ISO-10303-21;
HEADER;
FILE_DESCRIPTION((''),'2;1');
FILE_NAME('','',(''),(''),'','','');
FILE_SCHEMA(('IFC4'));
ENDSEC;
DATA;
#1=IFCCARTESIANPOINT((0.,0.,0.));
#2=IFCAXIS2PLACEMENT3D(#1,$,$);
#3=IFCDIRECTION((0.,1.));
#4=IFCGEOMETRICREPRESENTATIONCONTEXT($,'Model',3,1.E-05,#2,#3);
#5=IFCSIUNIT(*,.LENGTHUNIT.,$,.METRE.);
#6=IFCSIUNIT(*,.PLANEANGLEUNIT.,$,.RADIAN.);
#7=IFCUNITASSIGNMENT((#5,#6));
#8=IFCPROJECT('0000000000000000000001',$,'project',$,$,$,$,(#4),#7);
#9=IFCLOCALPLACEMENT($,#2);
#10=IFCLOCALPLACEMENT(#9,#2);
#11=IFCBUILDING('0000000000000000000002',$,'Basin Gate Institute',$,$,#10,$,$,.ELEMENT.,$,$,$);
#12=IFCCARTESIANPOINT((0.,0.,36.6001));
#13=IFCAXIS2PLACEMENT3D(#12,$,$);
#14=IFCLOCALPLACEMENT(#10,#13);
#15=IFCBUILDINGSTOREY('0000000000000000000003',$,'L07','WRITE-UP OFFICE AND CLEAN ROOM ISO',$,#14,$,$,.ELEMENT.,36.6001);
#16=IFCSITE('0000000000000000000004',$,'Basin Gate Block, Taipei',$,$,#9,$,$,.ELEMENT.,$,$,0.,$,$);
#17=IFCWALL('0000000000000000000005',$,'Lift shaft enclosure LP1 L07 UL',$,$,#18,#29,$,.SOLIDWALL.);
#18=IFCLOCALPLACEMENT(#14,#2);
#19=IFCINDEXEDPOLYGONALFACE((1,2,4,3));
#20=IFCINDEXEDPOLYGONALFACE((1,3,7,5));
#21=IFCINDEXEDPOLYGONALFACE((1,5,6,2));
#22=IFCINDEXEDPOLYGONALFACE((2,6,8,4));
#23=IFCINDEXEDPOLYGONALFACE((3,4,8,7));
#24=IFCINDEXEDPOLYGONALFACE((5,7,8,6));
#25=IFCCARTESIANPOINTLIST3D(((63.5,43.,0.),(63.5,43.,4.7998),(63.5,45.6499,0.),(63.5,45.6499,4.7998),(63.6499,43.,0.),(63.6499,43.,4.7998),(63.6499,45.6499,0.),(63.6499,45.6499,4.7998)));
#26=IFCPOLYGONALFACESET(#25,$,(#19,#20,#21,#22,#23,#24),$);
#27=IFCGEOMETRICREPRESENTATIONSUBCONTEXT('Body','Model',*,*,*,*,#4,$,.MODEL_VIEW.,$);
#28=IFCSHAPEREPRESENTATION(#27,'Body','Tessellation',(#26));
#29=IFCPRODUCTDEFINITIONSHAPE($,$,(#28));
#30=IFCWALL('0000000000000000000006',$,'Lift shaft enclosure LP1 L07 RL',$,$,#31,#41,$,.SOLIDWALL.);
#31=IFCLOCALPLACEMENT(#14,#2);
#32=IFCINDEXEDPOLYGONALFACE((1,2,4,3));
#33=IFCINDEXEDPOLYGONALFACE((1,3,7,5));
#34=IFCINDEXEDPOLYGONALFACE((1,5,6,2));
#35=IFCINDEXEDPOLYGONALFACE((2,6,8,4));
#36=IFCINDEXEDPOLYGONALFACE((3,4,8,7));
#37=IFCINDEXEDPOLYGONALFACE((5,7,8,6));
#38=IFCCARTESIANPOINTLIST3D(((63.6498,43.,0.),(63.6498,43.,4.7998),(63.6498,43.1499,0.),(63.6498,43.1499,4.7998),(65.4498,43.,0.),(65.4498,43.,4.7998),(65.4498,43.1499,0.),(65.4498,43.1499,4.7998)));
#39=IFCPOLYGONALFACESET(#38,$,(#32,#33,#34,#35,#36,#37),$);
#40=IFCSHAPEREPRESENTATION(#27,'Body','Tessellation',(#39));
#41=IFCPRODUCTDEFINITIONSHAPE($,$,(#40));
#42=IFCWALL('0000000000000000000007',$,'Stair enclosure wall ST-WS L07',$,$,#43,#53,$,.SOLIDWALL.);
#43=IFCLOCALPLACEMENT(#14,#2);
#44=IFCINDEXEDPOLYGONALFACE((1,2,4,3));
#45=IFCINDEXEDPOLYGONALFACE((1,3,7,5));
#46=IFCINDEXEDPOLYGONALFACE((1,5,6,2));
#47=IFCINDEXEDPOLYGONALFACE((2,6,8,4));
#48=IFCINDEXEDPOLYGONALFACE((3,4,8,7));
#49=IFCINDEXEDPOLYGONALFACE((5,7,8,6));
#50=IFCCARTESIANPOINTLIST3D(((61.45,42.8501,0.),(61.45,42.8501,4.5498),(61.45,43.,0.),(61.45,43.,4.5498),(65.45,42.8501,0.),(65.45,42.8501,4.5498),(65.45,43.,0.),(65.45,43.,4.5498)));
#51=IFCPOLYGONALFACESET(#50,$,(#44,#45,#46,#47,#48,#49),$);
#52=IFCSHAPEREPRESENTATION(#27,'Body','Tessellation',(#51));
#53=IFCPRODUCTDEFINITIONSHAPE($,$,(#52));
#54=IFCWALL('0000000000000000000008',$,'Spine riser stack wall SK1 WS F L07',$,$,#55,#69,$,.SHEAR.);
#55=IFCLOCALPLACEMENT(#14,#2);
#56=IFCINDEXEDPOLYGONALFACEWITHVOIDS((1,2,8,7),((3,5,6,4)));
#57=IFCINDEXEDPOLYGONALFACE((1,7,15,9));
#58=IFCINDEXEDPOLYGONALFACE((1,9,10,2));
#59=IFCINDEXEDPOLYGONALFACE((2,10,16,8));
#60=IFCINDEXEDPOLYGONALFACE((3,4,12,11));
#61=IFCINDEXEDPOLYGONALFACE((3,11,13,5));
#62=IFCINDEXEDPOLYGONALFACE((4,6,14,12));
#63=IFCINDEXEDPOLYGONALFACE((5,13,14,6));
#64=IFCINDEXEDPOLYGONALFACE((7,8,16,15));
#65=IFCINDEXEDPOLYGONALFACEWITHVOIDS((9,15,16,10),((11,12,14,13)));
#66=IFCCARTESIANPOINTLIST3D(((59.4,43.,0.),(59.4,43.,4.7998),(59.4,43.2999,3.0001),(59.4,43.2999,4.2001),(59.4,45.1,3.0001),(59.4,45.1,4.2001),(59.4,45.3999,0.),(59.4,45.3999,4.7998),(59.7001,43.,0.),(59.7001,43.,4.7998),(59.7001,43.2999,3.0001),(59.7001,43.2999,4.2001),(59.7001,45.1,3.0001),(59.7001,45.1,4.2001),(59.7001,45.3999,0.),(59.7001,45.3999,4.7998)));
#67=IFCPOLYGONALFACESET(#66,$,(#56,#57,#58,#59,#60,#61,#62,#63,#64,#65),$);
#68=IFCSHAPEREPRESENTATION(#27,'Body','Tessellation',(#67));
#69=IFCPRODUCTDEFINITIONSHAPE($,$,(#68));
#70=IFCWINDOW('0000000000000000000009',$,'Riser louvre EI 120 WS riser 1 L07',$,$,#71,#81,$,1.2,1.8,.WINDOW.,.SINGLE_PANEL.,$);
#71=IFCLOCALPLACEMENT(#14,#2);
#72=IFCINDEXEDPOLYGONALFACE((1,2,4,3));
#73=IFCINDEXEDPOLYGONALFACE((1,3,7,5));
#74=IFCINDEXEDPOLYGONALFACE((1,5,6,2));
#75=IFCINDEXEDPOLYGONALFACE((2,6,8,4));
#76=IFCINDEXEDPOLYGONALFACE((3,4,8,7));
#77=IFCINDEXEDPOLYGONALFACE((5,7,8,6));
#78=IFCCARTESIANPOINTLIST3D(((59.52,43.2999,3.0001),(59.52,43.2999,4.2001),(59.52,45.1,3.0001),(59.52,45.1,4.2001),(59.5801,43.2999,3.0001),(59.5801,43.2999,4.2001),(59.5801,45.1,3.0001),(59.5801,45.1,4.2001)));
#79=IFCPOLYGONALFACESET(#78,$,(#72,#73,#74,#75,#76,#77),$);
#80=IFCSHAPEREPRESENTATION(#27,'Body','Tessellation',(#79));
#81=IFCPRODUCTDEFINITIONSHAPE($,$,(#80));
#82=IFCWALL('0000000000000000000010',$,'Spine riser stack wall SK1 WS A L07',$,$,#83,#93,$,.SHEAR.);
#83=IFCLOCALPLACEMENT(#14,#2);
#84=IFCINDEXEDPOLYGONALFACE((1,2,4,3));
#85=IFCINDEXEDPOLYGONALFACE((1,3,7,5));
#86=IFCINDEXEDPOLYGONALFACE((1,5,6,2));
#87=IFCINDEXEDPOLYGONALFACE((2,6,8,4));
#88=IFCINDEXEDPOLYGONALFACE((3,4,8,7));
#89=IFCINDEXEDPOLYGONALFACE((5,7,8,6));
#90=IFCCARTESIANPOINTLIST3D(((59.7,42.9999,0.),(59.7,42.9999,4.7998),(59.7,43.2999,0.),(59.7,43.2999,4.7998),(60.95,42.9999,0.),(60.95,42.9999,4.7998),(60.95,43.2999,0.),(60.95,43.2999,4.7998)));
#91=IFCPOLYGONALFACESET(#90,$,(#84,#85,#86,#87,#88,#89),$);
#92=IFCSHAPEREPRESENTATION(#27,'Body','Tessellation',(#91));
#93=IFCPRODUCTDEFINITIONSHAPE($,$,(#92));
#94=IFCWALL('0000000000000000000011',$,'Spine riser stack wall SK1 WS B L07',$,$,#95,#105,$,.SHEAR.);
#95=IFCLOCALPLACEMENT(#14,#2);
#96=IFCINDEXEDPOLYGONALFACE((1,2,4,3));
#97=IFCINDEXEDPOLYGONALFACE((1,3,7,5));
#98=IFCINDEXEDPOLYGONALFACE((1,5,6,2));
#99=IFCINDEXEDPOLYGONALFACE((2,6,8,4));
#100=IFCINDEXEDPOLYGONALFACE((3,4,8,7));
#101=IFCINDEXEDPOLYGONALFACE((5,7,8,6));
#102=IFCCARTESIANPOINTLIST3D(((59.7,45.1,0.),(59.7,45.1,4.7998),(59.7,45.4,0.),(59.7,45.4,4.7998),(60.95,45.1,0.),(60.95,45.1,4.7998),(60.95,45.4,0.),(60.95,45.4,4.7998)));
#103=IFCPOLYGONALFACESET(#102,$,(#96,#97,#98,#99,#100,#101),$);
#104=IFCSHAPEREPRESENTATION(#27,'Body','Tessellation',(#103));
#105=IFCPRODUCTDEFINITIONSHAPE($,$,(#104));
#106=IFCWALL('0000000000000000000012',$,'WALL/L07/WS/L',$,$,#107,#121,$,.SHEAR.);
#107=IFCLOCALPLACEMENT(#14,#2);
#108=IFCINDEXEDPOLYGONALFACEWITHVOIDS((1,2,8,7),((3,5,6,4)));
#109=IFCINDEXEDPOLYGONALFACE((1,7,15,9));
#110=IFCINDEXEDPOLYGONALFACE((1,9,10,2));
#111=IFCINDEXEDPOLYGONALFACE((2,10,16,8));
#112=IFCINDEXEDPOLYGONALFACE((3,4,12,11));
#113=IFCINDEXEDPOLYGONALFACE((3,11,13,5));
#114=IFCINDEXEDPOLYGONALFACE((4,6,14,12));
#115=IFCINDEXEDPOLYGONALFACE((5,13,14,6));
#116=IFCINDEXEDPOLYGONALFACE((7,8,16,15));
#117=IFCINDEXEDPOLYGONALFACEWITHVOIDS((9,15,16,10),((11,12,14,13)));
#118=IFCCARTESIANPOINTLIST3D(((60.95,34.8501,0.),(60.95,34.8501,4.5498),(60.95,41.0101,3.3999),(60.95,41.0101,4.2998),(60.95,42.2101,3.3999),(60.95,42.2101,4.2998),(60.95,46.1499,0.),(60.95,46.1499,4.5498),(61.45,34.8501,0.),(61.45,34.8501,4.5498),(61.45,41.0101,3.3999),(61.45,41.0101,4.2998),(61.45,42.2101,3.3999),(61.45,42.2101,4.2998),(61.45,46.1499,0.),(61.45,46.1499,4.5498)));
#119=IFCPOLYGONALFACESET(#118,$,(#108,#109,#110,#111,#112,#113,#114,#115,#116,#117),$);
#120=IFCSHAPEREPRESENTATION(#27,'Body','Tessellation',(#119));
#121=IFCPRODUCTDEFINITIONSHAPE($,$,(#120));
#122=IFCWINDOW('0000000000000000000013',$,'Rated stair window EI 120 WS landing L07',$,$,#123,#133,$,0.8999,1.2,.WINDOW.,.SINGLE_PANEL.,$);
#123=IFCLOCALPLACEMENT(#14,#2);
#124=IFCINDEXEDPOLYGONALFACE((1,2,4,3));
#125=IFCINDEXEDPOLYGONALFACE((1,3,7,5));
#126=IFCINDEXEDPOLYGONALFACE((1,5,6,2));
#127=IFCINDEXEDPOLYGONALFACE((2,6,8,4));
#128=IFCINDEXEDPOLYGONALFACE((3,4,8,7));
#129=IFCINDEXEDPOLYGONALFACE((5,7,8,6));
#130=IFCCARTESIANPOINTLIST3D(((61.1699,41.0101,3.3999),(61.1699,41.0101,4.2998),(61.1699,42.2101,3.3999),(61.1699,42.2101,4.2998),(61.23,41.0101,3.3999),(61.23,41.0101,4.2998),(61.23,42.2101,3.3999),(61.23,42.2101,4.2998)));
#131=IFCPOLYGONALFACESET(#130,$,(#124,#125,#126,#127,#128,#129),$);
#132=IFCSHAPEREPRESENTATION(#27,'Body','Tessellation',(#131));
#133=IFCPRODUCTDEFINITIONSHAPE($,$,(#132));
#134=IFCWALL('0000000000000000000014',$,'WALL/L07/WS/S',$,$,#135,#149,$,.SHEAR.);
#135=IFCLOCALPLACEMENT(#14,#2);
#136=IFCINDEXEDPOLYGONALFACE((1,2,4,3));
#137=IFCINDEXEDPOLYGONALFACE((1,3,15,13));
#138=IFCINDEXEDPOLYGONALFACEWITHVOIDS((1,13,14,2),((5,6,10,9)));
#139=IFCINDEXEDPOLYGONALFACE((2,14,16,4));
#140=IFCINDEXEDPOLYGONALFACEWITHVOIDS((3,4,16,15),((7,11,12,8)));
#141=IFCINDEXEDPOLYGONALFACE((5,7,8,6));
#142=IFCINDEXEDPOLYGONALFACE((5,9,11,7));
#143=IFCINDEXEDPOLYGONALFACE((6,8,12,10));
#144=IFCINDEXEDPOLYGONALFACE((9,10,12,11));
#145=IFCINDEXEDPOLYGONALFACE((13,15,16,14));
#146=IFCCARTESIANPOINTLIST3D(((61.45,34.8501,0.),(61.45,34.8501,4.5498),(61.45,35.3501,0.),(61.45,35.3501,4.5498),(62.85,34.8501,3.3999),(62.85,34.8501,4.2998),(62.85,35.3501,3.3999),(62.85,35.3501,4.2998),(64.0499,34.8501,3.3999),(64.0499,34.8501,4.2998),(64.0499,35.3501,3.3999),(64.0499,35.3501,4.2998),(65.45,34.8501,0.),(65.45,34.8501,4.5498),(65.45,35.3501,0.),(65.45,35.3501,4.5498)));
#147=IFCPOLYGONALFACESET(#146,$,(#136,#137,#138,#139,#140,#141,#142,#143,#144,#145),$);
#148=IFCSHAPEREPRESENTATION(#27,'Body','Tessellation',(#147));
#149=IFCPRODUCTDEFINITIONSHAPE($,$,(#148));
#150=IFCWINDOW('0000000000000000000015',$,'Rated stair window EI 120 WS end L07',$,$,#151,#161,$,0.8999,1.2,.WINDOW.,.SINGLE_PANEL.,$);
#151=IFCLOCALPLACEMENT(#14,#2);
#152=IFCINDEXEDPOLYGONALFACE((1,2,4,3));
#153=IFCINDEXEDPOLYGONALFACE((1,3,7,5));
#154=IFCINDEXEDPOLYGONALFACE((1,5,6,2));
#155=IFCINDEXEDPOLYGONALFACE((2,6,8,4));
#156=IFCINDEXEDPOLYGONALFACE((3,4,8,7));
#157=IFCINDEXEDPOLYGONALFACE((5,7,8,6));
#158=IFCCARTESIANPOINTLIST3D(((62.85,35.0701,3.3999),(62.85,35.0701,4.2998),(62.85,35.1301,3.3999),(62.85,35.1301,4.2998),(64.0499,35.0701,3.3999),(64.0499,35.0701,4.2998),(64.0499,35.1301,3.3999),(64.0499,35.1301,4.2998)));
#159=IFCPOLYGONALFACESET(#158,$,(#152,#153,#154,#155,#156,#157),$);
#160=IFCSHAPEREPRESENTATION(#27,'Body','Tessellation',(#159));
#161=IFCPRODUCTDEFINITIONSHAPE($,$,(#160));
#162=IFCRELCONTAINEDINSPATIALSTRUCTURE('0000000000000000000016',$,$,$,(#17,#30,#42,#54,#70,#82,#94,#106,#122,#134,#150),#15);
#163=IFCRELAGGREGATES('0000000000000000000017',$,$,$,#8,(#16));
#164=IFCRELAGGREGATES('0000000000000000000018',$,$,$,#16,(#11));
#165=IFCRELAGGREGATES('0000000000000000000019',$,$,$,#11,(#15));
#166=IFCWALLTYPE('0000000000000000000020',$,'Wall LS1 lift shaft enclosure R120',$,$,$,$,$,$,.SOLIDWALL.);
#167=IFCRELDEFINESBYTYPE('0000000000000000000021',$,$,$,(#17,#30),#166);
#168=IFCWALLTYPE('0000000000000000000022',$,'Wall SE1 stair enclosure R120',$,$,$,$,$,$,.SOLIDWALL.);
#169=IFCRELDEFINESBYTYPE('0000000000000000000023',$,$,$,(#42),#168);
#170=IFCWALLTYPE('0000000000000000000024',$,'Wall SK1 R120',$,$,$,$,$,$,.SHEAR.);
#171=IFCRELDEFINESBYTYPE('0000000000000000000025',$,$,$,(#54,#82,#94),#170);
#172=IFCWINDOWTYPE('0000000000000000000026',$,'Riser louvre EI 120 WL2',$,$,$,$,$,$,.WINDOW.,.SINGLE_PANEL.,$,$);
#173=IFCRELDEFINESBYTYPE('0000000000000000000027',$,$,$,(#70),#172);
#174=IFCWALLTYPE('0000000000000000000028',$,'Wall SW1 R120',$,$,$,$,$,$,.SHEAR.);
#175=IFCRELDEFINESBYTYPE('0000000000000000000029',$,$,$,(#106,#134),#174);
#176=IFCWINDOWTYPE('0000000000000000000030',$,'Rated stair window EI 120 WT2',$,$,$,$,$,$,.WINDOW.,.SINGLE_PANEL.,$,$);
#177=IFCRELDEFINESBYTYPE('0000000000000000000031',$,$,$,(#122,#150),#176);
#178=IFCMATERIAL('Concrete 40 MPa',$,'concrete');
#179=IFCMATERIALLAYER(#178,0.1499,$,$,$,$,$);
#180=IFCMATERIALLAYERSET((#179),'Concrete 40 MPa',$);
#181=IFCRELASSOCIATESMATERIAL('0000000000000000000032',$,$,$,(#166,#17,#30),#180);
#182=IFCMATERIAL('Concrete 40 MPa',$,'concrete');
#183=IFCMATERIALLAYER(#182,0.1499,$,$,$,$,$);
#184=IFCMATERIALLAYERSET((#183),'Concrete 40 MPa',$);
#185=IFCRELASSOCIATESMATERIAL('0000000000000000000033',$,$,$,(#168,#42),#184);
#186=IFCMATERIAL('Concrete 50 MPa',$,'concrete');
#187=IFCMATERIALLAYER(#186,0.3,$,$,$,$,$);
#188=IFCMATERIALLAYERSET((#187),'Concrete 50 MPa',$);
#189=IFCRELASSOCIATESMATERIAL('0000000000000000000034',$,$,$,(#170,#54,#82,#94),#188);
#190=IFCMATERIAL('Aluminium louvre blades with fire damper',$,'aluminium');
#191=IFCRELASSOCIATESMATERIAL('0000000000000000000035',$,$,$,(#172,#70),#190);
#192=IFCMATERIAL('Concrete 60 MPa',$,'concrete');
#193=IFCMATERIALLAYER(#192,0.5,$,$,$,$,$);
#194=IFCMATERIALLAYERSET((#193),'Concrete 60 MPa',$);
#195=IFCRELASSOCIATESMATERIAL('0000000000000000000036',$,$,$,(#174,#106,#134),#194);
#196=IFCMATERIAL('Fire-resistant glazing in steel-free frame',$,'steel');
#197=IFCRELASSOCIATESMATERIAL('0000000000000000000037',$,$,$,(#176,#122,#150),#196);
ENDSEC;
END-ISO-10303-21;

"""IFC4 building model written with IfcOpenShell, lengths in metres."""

from ifc_helpers import new_model, si_unit, direction, frame, frame_2d, origin, place, context, subcontext, project, spatial, rectangle, extrude, material, layer, layer_set, type_object, element, fill, save


model = new_model("IFC4")

# Units and contexts
model_context = context("Model", 3, precision=1e-05, world=origin(), true_north=direction((0.0, 1.0)))
body_context = subcontext(model_context, "Body", "Model", "MODEL_VIEW")
ifc_project = project(units=[si_unit("LENGTHUNIT", "METRE"), si_unit("PLANEANGLEUNIT", "RADIAN")], contexts=[model_context])

# Site, building, storey
site_placement = place(None, origin())
site = spatial("IfcSite", under=ifc_project, at=site_placement, Name="Basin Gate Block, Taipei", CompositionType="ELEMENT", RefElevation=0.0)
building_placement = place(site_placement, origin())
building = spatial("IfcBuilding", under=site, at=building_placement, Name="Basin Gate Institute", CompositionType="ELEMENT")
storey_placement = place(building_placement, frame((0.0, 0.0, 36.6001)))
storey = spatial("IfcBuildingStorey", under=building, at=storey_placement, Name="L07", Description="WRITE-UP OFFICE AND CLEAN ROOM ISO", CompositionType="ELEMENT", Elevation=36.6001)

# Walls
ifc_material_1 = material(Name="Concrete 40 MPa", Category="concrete")
ifc_layer_1 = layer(ifc_material_1, 0.1499)
ifc_layer_set_1 = layer_set([ifc_layer_1], Name="Concrete 40 MPa")
wall_type_1 = type_object("IfcWallType", Name="Wall LS1 lift shaft enclosure R120", PredefinedType="SOLIDWALL", material=ifc_layer_set_1)
wall_1_placement = place(storey_placement, frame((63.575, 43.0, 0.0), z_axis=(0.0, 0.0, 1.0), x_axis=(0.0, 1.0, 0.0)))
element("IfcWall", 1, at=wall_1_placement, inside=storey, type_object=wall_type_1, material=ifc_layer_set_1, Name="Lift shaft enclosure LP1 L07 UL", PredefinedType="SOLIDWALL", context=body_context, shape_type="SweptSolid", body=[
    extrude(rectangle(XDim=2.6499, YDim=0.1499, at=frame_2d((1.325, 0.0))), origin(), (0.0, 0.0, 1.0), 4.7998),
])
wall_2_placement = place(storey_placement, frame((63.6499, 43.075, 0.0), z_axis=(0.0, 0.0, 1.0), x_axis=(1.0, 0.0, 0.0)))
element("IfcWall", 2, at=wall_2_placement, inside=storey, type_object=wall_type_1, material=ifc_layer_set_1, Name="Lift shaft enclosure LP1 L07 RL", PredefinedType="SOLIDWALL", context=body_context, shape_type="SweptSolid", body=[
    extrude(rectangle(XDim=1.8, YDim=0.1499, at=frame_2d((0.8999, 0.0))), origin(), (0.0, 0.0, 1.0), 4.7998),
])
ifc_material_2 = material(Name="Concrete 40 MPa", Category="concrete")
ifc_layer_2 = layer(ifc_material_2, 0.1499)
ifc_layer_set_2 = layer_set([ifc_layer_2], Name="Concrete 40 MPa")
wall_type_2 = type_object("IfcWallType", Name="Wall SE1 stair enclosure R120", PredefinedType="SOLIDWALL", material=ifc_layer_set_2)
wall_3_placement = place(storey_placement, frame((61.45, 42.925, 0.0), z_axis=(0.0, 0.0, 1.0), x_axis=(1.0, 0.0, 0.0)))
element("IfcWall", 3, at=wall_3_placement, inside=storey, type_object=wall_type_2, material=ifc_layer_set_2, Name="Stair enclosure wall ST-WS L07", PredefinedType="SOLIDWALL", context=body_context, shape_type="SweptSolid", body=[
    extrude(rectangle(XDim=4.0, YDim=0.1499, at=frame_2d((2.0, 0.0))), origin(), (0.0, 0.0, 1.0), 4.5498),
])

# Wall, opening, window
ifc_material_3 = material(Name="Concrete 50 MPa", Category="concrete")
ifc_layer_3 = layer(ifc_material_3, 0.3)
ifc_layer_set_3 = layer_set([ifc_layer_3], Name="Concrete 50 MPa")
wall_type_3 = type_object("IfcWallType", Name="Wall SK1 R120", PredefinedType="SHEAR", material=ifc_layer_set_3)
wall_4_placement = place(storey_placement, frame((59.55, 43.0, 0.0), z_axis=(0.0, 0.0, 1.0), x_axis=(0.0, 1.0, 0.0)))
wall_4 = element("IfcWall", 4, at=wall_4_placement, inside=storey, type_object=wall_type_3, material=ifc_layer_set_3, Name="Spine riser stack wall SK1 WS F L07", PredefinedType="SHEAR", context=body_context, shape_type="SweptSolid", body=[
    extrude(rectangle(XDim=2.3999, YDim=0.3, at=frame_2d((1.2, 0.0))), origin(), (0.0, 0.0, 1.0), 4.7998),
])
opening_1_placement = place(wall_4_placement, frame((0.3, 0.0, 3.0)))
opening_1 = element("IfcOpeningElement", 5, at=opening_1_placement, cuts=wall_4, PredefinedType="OPENING", context=body_context, shape_type="SweptSolid", body=[
    extrude(rectangle(XDim=1.8, YDim=1.2, at=frame_2d((0.8999, 0.6001))), frame((0.0, 0.1602, 0.0), z_axis=(0.0, -1.0, 0.0), x_axis=(1.0, 0.0, 0.0)), (0.0, 0.0, 1.0), 0.3201),
])
ifc_material_4 = material(Name="Aluminium louvre blades with fire damper", Category="aluminium")
window_type_1 = type_object("IfcWindowType", Name="Riser louvre EI 120 WL2", PartitioningType="SINGLE_PANEL", PredefinedType="WINDOW", material=ifc_material_4)
window_1_placement = place(opening_1_placement, origin())
window_1 = element("IfcWindow", 6, at=window_1_placement, inside=storey, type_object=window_type_1, material=ifc_material_4, Name="Riser louvre EI 120 WS riser 1 L07", OverallHeight=1.2, OverallWidth=1.8, PartitioningType="SINGLE_PANEL", PredefinedType="WINDOW", context=body_context, shape_type="SweptSolid", body=[
    extrude(rectangle(XDim=1.8, YDim=1.2, at=frame_2d((0.8999, 0.6001))), frame((0.0, 0.03, 0.0), z_axis=(0.0, -1.0, 0.0), x_axis=(1.0, 0.0, 0.0)), (0.0, 0.0, 1.0), 0.0601),
])
fill(opening_1, window_1)

# Walls
for number, where, z_axis, x_axis, name in (
    (7, (60.95, 43.1499, 0.0), (0.0, 0.0, 1.0), (-1.0, 0.0, 0.0), "Spine riser stack wall SK1 WS A L07"),
    (8, (60.95, 45.25, 0.0), (0.0, 0.0, 1.0), (-1.0, 0.0, 0.0), "Spine riser stack wall SK1 WS B L07"),
):
    element("IfcWall", number, at=place(storey_placement, frame(where, z_axis=z_axis, x_axis=x_axis)), inside=storey, type_object=wall_type_3, material=ifc_layer_set_3, Name=name, PredefinedType="SHEAR", context=body_context, shape_type="SweptSolid", body=[
        extrude(rectangle(XDim=1.25, YDim=0.3, at=frame_2d((0.625, 0.0))), origin(), (0.0, 0.0, 1.0), 4.7998),
    ])

# Walls, openings, windows
ifc_material_5 = material(Name="Concrete 60 MPa", Category="concrete")
ifc_layer_4 = layer(ifc_material_5, 0.5)
ifc_layer_set_4 = layer_set([ifc_layer_4], Name="Concrete 60 MPa")
wall_type_4 = type_object("IfcWallType", Name="Wall SW1 R120", PredefinedType="SHEAR", material=ifc_layer_set_4)
wall_5_placement = place(storey_placement, frame((61.2, 34.8501, 0.0), z_axis=(0.0, 0.0, 1.0), x_axis=(0.0, 1.0, 0.0)))
wall_5 = element("IfcWall", 9, at=wall_5_placement, inside=storey, type_object=wall_type_4, material=ifc_layer_set_4, Name="WALL/L07/WS/L", PredefinedType="SHEAR", context=body_context, shape_type="SweptSolid", body=[
    extrude(rectangle(XDim=11.2998, YDim=0.5, at=frame_2d((5.6499, 0.0))), origin(), (0.0, 0.0, 1.0), 4.5498),
])
opening_2_placement = place(wall_5_placement, frame((6.1599, 0.0, 3.3999)))
opening_2 = element("IfcOpeningElement", 10, at=opening_2_placement, cuts=wall_5, PredefinedType="OPENING", context=body_context, shape_type="SweptSolid", body=[
    extrude(rectangle(XDim=1.2, YDim=0.8999, at=frame_2d((0.6001, 0.45))), frame((0.0, 0.26, 0.0), z_axis=(0.0, -1.0, 0.0), x_axis=(1.0, 0.0, 0.0)), (0.0, 0.0, 1.0), 0.52),
])
ifc_material_6 = material(Name="Fire-resistant glazing in steel-free frame", Category="steel")
window_type_2 = type_object("IfcWindowType", Name="Rated stair window EI 120 WT2", PartitioningType="SINGLE_PANEL", PredefinedType="WINDOW", material=ifc_material_6)
window_2_placement = place(opening_2_placement, origin())
window_2 = element("IfcWindow", 11, at=window_2_placement, inside=storey, type_object=window_type_2, material=ifc_material_6, Name="Rated stair window EI 120 WS landing L07", OverallHeight=0.8999, OverallWidth=1.2, PartitioningType="SINGLE_PANEL", PredefinedType="WINDOW", context=body_context, shape_type="SweptSolid", body=[
    extrude(rectangle(XDim=1.2, YDim=0.8999, at=frame_2d((0.6001, 0.45))), frame((0.0, 0.03, 0.0), z_axis=(0.0, -1.0, 0.0), x_axis=(1.0, 0.0, 0.0)), (0.0, 0.0, 1.0), 0.0601),
])
fill(opening_2, window_2)
wall_6_placement = place(storey_placement, frame((61.45, 35.1001, 0.0), z_axis=(0.0, 0.0, 1.0), x_axis=(1.0, 0.0, 0.0)))
wall_6 = element("IfcWall", 12, at=wall_6_placement, inside=storey, type_object=wall_type_4, material=ifc_layer_set_4, Name="WALL/L07/WS/S", PredefinedType="SHEAR", context=body_context, shape_type="SweptSolid", body=[
    extrude(rectangle(XDim=4.0, YDim=0.5, at=frame_2d((2.0, 0.0))), origin(), (0.0, 0.0, 1.0), 4.5498),
])
opening_3_placement = place(wall_6_placement, frame((1.3999, 0.0, 3.3999)))
opening_3 = element("IfcOpeningElement", 13, at=opening_3_placement, cuts=wall_6, PredefinedType="OPENING", context=body_context, shape_type="SweptSolid", body=[
    extrude(rectangle(XDim=1.2, YDim=0.8999, at=frame_2d((0.6001, 0.45))), frame((0.0, 0.26, 0.0), z_axis=(0.0, -1.0, 0.0), x_axis=(1.0, 0.0, 0.0)), (0.0, 0.0, 1.0), 0.52),
])
window_3_placement = place(opening_3_placement, origin())
window_3 = element("IfcWindow", 14, at=window_3_placement, inside=storey, type_object=window_type_2, material=ifc_material_6, Name="Rated stair window EI 120 WS end L07", OverallHeight=0.8999, OverallWidth=1.2, PartitioningType="SINGLE_PANEL", PredefinedType="WINDOW", context=body_context, shape_type="SweptSolid", body=[
    extrude(rectangle(XDim=1.2, YDim=0.8999, at=frame_2d((0.6001, 0.45))), frame((0.0, 0.03, 0.0), z_axis=(0.0, -1.0, 0.0), x_axis=(1.0, 0.0, 0.0)), (0.0, 0.0, 1.0), 0.0601),
])
fill(opening_3, window_3)

save(model, "model.ifc")
